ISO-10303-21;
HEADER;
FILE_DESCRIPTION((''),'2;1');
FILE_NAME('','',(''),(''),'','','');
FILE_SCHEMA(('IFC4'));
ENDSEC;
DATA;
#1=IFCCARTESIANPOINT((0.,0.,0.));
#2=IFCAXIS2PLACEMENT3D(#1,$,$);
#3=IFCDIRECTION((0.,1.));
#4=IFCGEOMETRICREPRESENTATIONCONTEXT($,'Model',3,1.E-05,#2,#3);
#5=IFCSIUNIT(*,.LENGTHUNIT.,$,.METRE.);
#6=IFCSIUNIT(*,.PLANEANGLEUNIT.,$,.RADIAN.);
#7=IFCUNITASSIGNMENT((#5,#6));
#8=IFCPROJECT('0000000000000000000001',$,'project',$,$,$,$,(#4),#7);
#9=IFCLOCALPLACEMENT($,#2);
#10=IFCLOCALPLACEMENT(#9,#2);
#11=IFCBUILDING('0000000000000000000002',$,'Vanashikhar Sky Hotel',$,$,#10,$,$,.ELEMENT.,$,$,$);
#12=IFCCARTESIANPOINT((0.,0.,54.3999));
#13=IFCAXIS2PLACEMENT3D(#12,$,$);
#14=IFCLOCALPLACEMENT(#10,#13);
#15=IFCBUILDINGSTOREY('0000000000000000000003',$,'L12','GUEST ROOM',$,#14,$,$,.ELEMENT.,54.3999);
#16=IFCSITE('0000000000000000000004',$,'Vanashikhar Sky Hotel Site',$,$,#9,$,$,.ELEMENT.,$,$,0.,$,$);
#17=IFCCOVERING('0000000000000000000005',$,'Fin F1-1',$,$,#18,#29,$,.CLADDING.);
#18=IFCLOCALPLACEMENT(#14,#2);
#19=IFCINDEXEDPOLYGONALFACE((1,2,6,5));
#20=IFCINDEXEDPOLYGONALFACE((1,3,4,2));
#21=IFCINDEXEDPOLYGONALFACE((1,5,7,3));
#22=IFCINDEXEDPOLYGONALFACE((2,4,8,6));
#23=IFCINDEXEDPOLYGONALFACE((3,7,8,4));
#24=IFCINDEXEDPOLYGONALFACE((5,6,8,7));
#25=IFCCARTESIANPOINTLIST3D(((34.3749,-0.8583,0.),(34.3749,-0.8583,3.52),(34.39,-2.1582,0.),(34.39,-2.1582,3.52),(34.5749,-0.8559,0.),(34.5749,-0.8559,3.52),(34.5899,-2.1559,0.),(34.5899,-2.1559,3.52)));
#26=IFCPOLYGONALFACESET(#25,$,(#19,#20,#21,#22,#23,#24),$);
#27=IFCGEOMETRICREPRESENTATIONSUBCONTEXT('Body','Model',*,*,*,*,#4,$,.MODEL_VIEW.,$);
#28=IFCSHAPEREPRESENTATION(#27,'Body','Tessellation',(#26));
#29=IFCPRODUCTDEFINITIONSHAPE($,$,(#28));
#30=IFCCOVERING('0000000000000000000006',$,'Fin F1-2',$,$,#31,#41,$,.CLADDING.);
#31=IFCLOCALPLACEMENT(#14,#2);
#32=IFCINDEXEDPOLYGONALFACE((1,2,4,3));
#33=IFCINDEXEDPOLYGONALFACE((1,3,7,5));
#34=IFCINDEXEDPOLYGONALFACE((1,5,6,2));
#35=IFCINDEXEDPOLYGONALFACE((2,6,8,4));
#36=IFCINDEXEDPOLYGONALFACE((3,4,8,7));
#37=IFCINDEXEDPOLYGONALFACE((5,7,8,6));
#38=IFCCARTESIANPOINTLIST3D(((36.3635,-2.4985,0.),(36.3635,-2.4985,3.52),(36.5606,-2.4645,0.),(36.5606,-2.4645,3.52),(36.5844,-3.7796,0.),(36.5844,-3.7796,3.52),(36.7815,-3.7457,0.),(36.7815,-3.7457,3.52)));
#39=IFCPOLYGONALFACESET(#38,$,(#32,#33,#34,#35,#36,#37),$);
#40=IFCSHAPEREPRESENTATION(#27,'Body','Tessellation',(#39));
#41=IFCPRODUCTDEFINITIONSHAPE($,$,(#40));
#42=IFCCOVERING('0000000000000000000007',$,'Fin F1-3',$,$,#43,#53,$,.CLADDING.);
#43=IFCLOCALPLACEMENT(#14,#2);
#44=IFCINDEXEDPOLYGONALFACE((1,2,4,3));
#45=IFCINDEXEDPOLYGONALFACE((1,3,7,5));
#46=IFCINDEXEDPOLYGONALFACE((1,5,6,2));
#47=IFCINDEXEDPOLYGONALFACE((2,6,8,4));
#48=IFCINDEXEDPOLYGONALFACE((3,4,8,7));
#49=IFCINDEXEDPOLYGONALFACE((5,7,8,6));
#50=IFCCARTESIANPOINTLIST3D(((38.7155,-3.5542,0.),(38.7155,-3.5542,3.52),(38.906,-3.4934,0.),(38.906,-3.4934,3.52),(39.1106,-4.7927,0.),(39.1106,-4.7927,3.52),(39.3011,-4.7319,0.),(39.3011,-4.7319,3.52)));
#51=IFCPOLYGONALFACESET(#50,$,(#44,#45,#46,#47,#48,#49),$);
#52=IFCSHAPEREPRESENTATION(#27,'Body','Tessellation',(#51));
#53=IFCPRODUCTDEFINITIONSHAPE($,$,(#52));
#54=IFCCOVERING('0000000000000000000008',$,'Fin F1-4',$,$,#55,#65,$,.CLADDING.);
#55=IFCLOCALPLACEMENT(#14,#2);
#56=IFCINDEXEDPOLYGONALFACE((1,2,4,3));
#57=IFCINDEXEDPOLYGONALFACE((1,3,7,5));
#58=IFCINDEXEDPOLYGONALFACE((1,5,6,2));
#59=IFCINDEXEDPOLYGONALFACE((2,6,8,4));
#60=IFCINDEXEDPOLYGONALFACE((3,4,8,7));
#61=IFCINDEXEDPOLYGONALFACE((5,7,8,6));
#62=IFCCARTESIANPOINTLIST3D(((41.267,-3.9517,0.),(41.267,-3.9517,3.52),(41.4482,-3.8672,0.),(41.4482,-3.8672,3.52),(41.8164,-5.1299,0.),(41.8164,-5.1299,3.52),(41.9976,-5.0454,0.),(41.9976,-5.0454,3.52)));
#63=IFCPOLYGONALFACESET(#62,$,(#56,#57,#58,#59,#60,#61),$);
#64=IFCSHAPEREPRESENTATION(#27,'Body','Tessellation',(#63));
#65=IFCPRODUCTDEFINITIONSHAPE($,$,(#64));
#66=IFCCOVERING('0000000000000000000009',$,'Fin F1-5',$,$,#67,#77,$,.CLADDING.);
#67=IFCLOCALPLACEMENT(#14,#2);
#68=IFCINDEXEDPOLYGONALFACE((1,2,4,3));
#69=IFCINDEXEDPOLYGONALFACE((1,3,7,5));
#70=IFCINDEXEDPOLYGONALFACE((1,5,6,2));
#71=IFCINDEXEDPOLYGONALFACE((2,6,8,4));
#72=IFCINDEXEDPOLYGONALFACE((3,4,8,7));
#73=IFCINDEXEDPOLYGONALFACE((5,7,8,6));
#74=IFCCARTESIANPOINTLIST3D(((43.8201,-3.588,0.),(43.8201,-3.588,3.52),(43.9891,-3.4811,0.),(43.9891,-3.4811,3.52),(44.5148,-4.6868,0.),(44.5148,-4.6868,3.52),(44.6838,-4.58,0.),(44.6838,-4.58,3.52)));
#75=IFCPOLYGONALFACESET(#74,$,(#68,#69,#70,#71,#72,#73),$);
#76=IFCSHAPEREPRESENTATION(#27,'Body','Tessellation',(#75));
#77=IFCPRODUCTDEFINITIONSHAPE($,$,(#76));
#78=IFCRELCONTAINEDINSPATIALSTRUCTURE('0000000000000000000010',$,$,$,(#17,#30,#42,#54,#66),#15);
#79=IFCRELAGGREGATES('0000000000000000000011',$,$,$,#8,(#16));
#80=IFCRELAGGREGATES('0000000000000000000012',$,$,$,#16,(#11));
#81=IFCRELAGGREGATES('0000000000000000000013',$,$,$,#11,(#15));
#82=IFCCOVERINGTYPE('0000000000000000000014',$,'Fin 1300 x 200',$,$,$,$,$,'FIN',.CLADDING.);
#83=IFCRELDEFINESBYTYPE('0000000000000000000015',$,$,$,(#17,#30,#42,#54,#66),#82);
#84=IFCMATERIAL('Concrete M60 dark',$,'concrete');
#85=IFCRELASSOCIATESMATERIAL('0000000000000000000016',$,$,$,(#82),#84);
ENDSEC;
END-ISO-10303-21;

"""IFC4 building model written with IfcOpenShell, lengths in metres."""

from ifc_helpers import new_model, si_unit, direction, frame, origin, origin_2d, place, context, subcontext, project, spatial, rectangle, extrude, source, transform, mapped, material, material_profile, profile_set, type_object, element, save


model = new_model("IFC4")

# Units and contexts
model_context = context("Model", 3, precision=1e-05, world=origin(), true_north=direction((0.0, 1.0)))
body_context = subcontext(model_context, "Body", "Model", "MODEL_VIEW")
ifc_project = project(units=[si_unit("LENGTHUNIT", "METRE"), si_unit("PLANEANGLEUNIT", "RADIAN")], contexts=[model_context])

# Site, building, storey
site_placement = place(None, origin())
site = spatial("IfcSite", under=ifc_project, at=site_placement, Name="Vanashikhar Sky Hotel Site", CompositionType="ELEMENT", RefElevation=0.0)
building_placement = place(site_placement, origin())
building = spatial("IfcBuilding", under=site, at=building_placement, Name="Vanashikhar Sky Hotel", CompositionType="ELEMENT")
storey_placement = place(building_placement, frame((0.0, 0.0, 54.3999)))
storey = spatial("IfcBuildingStorey", under=building, at=storey_placement, Name="L12", Description="GUEST ROOM", CompositionType="ELEMENT", Elevation=54.3999)

# Coverings
ifc_material_1 = material(Name="Concrete M60 dark", Category="concrete")
ifc_material_profile = material_profile(ifc_material_1, rectangle(XDim=1.3, YDim=0.2, at=origin_2d()))
ifc_profile_set = profile_set([ifc_material_profile], Name="Fin 1300 x 200")
covering_type_1 = type_object("IfcCoveringType", Name="Fin 1300 x 200", ElementType="FIN", PredefinedType="CLADDING", material=ifc_profile_set)
shared_shape_1 = source(origin(), body_context, "Body", "SweptSolid", [
    extrude(rectangle(XDim=1.3, YDim=0.2, at=origin_2d()), origin(), (0.0, 0.0, 1.0), 3.52),
])
for number, where, z_axis, x_axis, name in (
    (1, (34.4824, -1.5071, 0.0), (0.0, 0.0, 1.0), (0.011589, -0.999933, 0.0), "Fin F1-1"),
    (2, (36.5725, -3.1221, 0.0), (0.0, 0.0, 1.0), (0.1699, -0.985461, 0.0), "Fin F1-2"),
    (3, (39.0083, -4.1431, 0.0), (0.0, 0.0, 1.0), (0.303967, -0.952683, 0.0), "Fin F1-3"),
    (4, (41.6323, -4.4985, 0.0), (0.0, 0.0, 1.0), (0.422618, -0.906308, 0.0), "Fin F1-4"),
    (5, (44.252, -4.084, 0.0), (0.0, 0.0, 1.0), (0.534411, -0.845225, 0.0), "Fin F1-5"),
):
    element("IfcCovering", number, at=place(storey_placement, frame(where, z_axis=z_axis, x_axis=x_axis)), inside=storey, type_object=covering_type_1, Name=name, PredefinedType="CLADDING", context=body_context, shape_type="MappedRepresentation", body=[
        mapped(shared_shape_1, transform((0.0, 0.0, 0.0), scale=1.0)),
    ])

save(model, "model.ifc")
